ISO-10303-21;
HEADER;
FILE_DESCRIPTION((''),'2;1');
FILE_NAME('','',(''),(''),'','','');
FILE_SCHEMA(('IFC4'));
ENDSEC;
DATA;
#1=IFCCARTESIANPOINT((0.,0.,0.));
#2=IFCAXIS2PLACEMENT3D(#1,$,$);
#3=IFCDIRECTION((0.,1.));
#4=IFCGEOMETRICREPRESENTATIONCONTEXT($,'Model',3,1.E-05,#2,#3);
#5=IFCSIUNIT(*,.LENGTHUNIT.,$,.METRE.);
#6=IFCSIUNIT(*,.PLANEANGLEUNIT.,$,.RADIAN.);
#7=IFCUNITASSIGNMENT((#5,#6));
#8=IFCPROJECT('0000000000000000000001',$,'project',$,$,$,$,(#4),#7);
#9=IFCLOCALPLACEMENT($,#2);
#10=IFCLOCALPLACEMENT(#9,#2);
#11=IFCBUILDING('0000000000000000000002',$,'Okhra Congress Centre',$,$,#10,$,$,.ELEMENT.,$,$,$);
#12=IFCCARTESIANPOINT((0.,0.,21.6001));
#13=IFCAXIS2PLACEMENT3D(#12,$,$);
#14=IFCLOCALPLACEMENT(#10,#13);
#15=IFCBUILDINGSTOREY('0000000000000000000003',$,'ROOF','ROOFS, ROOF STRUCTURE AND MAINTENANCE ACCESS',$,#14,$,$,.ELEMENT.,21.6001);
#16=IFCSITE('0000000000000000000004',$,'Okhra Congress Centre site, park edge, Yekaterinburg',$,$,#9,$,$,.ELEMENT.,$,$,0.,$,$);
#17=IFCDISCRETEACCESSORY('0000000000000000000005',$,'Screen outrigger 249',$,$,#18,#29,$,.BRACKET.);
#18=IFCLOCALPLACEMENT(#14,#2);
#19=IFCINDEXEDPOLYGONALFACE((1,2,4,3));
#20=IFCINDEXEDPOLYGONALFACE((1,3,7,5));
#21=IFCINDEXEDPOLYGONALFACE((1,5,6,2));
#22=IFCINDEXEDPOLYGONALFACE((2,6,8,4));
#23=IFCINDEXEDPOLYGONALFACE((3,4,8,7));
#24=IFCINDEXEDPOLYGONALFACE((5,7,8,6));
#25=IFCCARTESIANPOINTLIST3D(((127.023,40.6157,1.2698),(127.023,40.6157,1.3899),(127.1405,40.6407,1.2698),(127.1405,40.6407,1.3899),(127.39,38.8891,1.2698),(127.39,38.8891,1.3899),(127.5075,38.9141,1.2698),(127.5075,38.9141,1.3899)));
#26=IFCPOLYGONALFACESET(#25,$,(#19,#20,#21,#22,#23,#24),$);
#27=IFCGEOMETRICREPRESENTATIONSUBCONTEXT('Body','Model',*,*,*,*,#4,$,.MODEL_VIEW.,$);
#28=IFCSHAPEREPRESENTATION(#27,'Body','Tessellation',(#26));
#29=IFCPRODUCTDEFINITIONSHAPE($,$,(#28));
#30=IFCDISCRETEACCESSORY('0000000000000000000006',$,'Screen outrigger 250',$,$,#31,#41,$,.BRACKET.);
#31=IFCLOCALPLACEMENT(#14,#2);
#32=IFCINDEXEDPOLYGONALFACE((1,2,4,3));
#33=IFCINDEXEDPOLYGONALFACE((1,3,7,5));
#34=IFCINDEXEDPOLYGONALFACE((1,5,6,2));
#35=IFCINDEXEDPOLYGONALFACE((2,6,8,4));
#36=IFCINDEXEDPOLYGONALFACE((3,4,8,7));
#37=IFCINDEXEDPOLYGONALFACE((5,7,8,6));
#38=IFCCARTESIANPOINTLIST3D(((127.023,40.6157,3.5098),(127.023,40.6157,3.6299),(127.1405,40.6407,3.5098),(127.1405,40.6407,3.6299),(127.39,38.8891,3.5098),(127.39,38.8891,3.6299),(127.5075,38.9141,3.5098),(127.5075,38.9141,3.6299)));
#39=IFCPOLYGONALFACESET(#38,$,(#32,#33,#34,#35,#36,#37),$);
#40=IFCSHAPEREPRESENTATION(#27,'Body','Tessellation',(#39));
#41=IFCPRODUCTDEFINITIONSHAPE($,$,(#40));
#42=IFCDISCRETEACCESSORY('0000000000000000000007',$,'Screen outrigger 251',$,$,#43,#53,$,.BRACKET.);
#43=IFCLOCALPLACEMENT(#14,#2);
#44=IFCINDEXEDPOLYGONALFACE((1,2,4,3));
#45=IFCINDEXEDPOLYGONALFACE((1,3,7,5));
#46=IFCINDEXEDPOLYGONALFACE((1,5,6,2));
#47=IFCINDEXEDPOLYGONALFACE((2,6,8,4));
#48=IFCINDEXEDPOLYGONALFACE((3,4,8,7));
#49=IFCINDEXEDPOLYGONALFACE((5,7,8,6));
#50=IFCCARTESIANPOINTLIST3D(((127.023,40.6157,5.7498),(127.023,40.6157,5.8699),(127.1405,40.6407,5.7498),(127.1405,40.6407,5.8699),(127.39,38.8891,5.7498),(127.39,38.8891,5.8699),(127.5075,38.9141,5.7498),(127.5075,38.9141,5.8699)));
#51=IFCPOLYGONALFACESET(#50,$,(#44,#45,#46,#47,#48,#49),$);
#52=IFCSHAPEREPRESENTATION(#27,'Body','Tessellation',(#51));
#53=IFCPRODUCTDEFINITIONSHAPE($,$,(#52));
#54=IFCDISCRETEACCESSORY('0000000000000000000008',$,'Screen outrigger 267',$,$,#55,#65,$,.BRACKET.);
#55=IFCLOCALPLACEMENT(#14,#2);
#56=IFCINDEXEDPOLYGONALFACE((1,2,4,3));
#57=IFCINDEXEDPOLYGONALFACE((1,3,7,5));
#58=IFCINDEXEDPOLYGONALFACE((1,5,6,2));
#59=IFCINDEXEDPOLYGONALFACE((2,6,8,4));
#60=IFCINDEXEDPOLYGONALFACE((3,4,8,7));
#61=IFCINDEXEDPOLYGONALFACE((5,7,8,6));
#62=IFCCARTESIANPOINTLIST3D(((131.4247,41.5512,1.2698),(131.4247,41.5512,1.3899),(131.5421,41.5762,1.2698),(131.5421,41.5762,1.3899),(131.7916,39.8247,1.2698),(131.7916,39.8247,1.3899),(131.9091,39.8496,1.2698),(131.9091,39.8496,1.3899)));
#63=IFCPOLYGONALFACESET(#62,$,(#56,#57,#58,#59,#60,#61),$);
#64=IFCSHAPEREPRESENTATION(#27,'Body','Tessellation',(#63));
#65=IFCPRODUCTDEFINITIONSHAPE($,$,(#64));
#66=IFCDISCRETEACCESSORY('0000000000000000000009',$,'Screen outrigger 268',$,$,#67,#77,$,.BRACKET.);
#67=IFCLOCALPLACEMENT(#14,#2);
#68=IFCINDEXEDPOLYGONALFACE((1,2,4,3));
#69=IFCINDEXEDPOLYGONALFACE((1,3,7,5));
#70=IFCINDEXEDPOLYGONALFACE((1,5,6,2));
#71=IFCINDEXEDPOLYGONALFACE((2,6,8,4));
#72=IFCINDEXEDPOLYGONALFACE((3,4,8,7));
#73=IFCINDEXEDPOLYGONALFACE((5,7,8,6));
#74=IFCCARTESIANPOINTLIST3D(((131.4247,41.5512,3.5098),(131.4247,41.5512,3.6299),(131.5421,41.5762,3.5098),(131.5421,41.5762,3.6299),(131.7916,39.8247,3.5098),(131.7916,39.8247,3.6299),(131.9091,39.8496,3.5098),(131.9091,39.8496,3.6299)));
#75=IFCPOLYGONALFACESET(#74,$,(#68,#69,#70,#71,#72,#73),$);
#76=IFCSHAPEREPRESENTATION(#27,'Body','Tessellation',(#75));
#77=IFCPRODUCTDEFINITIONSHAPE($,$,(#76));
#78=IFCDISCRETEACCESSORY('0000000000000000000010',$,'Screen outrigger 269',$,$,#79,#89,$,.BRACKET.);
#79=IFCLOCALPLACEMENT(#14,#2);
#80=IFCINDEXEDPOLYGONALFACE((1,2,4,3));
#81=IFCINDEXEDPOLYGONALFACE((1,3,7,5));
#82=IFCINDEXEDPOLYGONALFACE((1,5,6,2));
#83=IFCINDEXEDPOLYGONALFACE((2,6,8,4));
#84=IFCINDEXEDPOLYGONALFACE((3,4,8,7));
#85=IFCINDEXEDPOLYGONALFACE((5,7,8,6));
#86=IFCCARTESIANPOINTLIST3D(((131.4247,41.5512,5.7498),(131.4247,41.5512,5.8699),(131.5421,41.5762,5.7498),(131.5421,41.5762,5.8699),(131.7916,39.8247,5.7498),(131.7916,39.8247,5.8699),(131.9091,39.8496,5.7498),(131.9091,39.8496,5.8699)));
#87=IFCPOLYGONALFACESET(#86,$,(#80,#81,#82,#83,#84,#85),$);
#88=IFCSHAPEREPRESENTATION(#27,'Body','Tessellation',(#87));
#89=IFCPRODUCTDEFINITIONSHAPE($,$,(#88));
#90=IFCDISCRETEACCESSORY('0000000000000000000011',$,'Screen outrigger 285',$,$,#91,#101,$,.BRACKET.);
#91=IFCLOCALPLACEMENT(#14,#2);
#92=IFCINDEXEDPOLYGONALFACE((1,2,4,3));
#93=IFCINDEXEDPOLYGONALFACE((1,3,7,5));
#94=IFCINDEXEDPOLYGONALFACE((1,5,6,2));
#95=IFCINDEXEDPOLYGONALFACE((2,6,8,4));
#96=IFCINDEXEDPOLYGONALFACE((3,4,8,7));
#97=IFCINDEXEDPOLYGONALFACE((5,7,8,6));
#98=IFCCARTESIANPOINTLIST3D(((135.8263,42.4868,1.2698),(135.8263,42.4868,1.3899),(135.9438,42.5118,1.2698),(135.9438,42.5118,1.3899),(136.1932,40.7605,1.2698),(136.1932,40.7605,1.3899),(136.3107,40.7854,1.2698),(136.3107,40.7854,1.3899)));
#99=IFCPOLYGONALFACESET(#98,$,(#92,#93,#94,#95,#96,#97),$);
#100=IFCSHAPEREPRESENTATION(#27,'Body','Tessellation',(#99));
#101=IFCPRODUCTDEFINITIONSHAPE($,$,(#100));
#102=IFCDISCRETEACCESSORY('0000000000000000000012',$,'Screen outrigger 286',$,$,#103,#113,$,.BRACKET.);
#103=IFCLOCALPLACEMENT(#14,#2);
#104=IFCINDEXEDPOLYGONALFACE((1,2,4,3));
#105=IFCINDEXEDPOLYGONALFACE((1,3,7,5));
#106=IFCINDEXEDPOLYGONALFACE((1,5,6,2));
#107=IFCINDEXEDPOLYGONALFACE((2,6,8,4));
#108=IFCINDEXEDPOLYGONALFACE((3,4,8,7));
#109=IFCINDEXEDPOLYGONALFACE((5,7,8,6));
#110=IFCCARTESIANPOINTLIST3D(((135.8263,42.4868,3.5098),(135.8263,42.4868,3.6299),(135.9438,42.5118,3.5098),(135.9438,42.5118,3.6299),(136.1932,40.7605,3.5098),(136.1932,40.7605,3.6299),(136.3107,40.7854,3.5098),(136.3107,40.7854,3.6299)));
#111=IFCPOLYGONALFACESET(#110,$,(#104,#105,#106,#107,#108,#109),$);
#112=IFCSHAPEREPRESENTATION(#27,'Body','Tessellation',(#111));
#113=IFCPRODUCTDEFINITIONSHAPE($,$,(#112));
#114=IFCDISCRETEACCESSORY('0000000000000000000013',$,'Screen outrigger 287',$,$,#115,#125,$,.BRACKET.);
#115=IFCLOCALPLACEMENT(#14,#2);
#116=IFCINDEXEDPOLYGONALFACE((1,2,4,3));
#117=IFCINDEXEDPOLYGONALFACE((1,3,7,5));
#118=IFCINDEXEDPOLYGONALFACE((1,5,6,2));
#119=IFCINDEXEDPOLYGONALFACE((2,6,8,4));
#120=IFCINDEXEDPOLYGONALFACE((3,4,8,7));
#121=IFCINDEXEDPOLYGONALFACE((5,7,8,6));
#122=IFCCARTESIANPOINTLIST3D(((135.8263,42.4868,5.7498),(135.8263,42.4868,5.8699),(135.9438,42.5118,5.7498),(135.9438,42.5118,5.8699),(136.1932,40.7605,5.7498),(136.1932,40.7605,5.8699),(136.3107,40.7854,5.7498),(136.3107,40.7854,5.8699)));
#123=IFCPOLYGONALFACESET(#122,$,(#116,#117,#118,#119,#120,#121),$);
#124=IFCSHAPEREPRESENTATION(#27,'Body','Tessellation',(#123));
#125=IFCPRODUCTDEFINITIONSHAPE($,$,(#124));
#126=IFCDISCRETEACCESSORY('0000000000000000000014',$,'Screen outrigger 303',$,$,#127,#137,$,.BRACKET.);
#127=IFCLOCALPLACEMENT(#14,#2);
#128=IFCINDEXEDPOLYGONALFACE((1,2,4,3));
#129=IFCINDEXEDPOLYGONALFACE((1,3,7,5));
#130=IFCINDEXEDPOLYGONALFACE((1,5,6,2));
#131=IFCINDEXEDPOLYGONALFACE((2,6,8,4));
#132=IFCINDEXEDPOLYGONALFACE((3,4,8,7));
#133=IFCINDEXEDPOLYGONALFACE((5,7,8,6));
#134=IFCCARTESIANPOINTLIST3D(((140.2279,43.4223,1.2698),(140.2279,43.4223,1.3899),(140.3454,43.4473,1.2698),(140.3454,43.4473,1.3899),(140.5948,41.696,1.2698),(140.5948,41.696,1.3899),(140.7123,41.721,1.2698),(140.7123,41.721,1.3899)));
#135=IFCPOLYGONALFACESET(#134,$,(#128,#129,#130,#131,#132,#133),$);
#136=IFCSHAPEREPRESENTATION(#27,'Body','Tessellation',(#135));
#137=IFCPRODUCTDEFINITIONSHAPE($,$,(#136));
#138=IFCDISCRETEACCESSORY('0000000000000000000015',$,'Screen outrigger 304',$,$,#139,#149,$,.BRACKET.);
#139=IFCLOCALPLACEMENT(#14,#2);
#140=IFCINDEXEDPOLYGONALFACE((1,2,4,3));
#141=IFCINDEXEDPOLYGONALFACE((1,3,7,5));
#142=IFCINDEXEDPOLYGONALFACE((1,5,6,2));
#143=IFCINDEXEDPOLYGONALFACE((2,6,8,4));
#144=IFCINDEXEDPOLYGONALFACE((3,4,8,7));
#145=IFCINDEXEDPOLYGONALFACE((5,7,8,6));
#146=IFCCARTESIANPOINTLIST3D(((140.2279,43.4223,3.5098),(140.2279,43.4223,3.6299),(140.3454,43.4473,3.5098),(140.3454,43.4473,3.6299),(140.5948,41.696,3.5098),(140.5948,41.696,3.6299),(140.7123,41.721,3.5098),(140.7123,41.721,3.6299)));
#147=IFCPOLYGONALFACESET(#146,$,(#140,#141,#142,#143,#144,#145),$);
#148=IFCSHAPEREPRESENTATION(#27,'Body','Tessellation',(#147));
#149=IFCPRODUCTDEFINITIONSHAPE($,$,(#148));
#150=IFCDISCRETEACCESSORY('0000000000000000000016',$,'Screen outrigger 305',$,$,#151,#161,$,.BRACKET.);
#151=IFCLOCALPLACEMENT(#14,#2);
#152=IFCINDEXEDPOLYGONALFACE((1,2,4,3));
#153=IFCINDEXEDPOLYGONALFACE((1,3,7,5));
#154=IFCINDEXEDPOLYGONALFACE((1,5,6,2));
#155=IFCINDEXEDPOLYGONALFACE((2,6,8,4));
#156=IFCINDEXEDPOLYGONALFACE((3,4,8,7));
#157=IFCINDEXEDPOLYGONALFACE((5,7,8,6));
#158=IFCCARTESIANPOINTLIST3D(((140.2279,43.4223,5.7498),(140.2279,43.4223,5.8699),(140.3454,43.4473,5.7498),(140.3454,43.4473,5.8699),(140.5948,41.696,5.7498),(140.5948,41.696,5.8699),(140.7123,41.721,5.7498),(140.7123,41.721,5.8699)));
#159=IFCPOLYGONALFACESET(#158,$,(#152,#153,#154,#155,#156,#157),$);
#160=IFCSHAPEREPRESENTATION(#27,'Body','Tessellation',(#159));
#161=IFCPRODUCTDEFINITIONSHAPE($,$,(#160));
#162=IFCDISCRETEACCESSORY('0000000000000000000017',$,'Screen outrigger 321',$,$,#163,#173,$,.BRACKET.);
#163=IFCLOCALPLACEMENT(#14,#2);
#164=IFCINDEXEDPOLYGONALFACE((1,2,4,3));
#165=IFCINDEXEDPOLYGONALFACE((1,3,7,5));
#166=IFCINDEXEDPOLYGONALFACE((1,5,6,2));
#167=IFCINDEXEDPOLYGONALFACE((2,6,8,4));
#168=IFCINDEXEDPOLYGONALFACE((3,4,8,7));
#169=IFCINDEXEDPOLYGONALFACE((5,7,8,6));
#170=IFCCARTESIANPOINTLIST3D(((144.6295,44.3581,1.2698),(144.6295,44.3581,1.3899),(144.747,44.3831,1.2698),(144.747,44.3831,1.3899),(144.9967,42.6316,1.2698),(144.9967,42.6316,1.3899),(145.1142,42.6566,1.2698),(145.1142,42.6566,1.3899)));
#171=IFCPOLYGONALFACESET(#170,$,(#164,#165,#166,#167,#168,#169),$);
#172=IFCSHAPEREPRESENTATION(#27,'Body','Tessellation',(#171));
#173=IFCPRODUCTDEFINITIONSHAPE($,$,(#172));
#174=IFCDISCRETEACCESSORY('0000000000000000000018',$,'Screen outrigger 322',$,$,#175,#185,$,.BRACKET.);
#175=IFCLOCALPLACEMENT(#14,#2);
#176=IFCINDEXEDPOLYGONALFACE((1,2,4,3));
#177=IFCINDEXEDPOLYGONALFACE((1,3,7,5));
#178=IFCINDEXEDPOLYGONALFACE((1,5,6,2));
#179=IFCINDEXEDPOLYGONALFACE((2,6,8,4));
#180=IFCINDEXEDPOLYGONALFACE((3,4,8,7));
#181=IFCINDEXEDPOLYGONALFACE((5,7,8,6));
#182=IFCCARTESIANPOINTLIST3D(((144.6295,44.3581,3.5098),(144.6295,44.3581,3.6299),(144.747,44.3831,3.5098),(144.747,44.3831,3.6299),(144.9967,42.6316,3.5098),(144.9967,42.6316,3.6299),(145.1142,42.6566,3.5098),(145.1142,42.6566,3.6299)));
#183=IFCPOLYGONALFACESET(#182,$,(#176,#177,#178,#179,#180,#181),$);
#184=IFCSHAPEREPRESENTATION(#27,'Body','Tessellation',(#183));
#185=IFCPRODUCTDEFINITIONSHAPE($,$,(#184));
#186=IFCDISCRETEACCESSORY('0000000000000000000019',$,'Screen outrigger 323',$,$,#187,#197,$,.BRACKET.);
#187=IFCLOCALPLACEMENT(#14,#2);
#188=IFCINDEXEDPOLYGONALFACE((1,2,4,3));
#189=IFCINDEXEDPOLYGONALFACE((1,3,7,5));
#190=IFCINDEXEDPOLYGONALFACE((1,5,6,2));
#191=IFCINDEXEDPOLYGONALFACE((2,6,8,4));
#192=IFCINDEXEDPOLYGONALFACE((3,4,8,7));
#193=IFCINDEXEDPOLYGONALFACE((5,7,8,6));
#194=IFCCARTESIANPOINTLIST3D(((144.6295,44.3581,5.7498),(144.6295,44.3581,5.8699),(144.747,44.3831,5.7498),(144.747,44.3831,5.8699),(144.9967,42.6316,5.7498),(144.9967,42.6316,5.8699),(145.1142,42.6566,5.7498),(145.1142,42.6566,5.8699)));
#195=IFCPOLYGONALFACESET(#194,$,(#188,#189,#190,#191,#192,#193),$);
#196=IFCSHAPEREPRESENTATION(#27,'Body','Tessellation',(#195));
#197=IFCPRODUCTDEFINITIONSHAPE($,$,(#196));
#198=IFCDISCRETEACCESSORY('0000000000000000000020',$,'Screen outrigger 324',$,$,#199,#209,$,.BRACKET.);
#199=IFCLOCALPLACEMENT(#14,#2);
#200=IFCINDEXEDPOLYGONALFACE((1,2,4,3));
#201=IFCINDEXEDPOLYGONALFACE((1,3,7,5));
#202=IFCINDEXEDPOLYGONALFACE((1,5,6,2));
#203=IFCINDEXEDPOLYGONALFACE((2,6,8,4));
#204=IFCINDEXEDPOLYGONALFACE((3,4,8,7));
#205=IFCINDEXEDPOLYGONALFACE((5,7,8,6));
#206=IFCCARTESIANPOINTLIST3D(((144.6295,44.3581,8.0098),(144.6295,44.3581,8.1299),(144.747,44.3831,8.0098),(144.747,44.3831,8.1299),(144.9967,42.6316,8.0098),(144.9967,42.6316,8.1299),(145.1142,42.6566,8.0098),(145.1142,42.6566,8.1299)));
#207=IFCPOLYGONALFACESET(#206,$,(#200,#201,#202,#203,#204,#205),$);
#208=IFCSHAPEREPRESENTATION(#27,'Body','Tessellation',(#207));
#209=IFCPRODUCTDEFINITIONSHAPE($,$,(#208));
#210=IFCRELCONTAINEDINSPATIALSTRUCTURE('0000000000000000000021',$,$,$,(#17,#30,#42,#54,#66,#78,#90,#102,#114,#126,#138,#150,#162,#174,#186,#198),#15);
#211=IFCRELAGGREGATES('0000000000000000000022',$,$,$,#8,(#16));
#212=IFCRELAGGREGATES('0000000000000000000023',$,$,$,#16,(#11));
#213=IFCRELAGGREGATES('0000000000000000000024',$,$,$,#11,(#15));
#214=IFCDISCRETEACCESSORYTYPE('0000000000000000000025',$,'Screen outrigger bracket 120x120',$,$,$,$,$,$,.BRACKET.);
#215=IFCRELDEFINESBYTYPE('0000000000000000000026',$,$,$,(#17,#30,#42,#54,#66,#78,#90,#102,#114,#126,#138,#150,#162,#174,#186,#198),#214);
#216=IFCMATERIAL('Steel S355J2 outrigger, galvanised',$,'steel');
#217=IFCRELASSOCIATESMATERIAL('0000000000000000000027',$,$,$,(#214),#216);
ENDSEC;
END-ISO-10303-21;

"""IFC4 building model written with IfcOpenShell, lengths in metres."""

from ifc_helpers import new_model, si_unit, direction, frame, origin, origin_2d, place, context, subcontext, project, spatial, rectangle, extrude, material, material_profile, profile_set, type_object, element, save


model = new_model("IFC4")

# Units and contexts
model_context = context("Model", 3, precision=1e-05, world=origin(), true_north=direction((0.0, 1.0)))
body_context = subcontext(model_context, "Body", "Model", "MODEL_VIEW")
ifc_project = project(units=[si_unit("LENGTHUNIT", "METRE"), si_unit("PLANEANGLEUNIT", "RADIAN")], contexts=[model_context])

# Site, building, storey
site_placement = place(None, origin())
site = spatial("IfcSite", under=ifc_project, at=site_placement, Name="Okhra Congress Centre site, park edge, Yekaterinburg", CompositionType="ELEMENT", RefElevation=0.0)
building_placement = place(site_placement, origin())
building = spatial("IfcBuilding", under=site, at=building_placement, Name="Okhra Congress Centre", CompositionType="ELEMENT")
storey_placement = place(building_placement, frame((0.0, 0.0, 21.6001)))
storey = spatial("IfcBuildingStorey", under=building, at=storey_placement, Name="ROOF", Description="ROOFS, ROOF STRUCTURE AND MAINTENANCE ACCESS", CompositionType="ELEMENT", Elevation=21.6001)

# Discrete accessories
ifc_material_1 = material(Name="Steel S355J2 outrigger, galvanised", Category="steel")
ifc_material_profile_1 = material_profile(ifc_material_1, rectangle(XDim=0.1201, YDim=0.1201, at=origin_2d()), Name="Screen outrigger bracket 120x120")
ifc_profile_set_1 = profile_set([ifc_material_profile_1], Name="Steel S355J2 outrigger, galvanised")
discrete_accessory_type = type_object("IfcDiscreteAccessoryType", Name="Screen outrigger bracket 120x120", PredefinedType="BRACKET", material=ifc_profile_set_1)
for number, where, z_axis, x_axis, name in (
    (1, (127.0818, 40.6282, 1.3298), (0.207885, -0.978153, 0.0), (0.978153, 0.207885, 0.0), "Screen outrigger 249"),
    (2, (127.0818, 40.6282, 3.5698), (0.207885, -0.978153, 0.0), (0.978153, 0.207885, 0.0), "Screen outrigger 250"),
    (3, (127.0818, 40.6282, 5.8098), (0.207885, -0.978153, 0.0), (0.978153, 0.207885, 0.0), "Screen outrigger 251"),
    (4, (131.4834, 41.5637, 1.3298), (0.207885, -0.978153, 0.0), (0.978153, 0.207885, 0.0), "Screen outrigger 267"),
    (5, (131.4834, 41.5637, 3.5698), (0.207885, -0.978153, 0.0), (0.978153, 0.207885, 0.0), "Screen outrigger 268"),
    (6, (131.4834, 41.5637, 5.8098), (0.207885, -0.978153, 0.0), (0.978153, 0.207885, 0.0), "Screen outrigger 269"),
):
    element("IfcDiscreteAccessory", number, at=place(storey_placement, frame(where, z_axis=z_axis, x_axis=x_axis)), inside=storey, type_object=discrete_accessory_type, Name=name, PredefinedType="BRACKET", context=body_context, shape_type="SweptSolid", body=[
        extrude(rectangle(XDim=0.1201, YDim=0.1201, at=origin_2d()), origin(), (0.0, 0.0, 1.0), 1.7651),
    ])
for number, where, z_axis, x_axis, name in (
    (7, (135.885, 42.4993, 1.3298), (0.207913, -0.978147, 0.0), (0.978147, 0.207913, 0.0), "Screen outrigger 285"),
    (8, (135.885, 42.4993, 3.5698), (0.207913, -0.978147, 0.0), (0.978147, 0.207913, 0.0), "Screen outrigger 286"),
    (9, (135.885, 42.4993, 5.8098), (0.207913, -0.978147, 0.0), (0.978147, 0.207913, 0.0), "Screen outrigger 287"),
    (10, (140.2866, 43.4348, 1.3298), (0.207913, -0.978147, 0.0), (0.978147, 0.207913, 0.0), "Screen outrigger 303"),
    (11, (140.2866, 43.4348, 3.5698), (0.207913, -0.978147, 0.0), (0.978147, 0.207913, 0.0), "Screen outrigger 304"),
    (12, (140.2866, 43.4348, 5.8098), (0.207913, -0.978147, 0.0), (0.978147, 0.207913, 0.0), "Screen outrigger 305"),
):
    element("IfcDiscreteAccessory", number, at=place(storey_placement, frame(where, z_axis=z_axis, x_axis=x_axis)), inside=storey, type_object=discrete_accessory_type, Name=name, PredefinedType="BRACKET", context=body_context, shape_type="SweptSolid", body=[
        extrude(rectangle(XDim=0.1201, YDim=0.1201, at=origin_2d()), origin(), (0.0, 0.0, 1.0), 1.7649),
    ])
for number, where, z_axis, x_axis, name in (
    (13, (144.6882, 44.3706, 1.3298), (0.208018, -0.978125, 0.0), (0.978125, 0.208018, 0.0), "Screen outrigger 321"),
    (14, (144.6882, 44.3706, 3.5698), (0.208018, -0.978125, 0.0), (0.978125, 0.208018, 0.0), "Screen outrigger 322"),
    (15, (144.6882, 44.3706, 5.8098), (0.208018, -0.978125, 0.0), (0.978125, 0.208018, 0.0), "Screen outrigger 323"),
    (16, (144.6882, 44.3706, 8.0698), (0.208018, -0.978125, 0.0), (0.978125, 0.208018, 0.0), "Screen outrigger 324"),
):
    element("IfcDiscreteAccessory", number, at=place(storey_placement, frame(where, z_axis=z_axis, x_axis=x_axis)), inside=storey, type_object=discrete_accessory_type, Name=name, PredefinedType="BRACKET", context=body_context, shape_type="SweptSolid", body=[
        extrude(rectangle(XDim=0.1201, YDim=0.1201, at=origin_2d()), origin(), (0.0, 0.0, 1.0), 1.7651),
    ])

save(model, "model.ifc")
